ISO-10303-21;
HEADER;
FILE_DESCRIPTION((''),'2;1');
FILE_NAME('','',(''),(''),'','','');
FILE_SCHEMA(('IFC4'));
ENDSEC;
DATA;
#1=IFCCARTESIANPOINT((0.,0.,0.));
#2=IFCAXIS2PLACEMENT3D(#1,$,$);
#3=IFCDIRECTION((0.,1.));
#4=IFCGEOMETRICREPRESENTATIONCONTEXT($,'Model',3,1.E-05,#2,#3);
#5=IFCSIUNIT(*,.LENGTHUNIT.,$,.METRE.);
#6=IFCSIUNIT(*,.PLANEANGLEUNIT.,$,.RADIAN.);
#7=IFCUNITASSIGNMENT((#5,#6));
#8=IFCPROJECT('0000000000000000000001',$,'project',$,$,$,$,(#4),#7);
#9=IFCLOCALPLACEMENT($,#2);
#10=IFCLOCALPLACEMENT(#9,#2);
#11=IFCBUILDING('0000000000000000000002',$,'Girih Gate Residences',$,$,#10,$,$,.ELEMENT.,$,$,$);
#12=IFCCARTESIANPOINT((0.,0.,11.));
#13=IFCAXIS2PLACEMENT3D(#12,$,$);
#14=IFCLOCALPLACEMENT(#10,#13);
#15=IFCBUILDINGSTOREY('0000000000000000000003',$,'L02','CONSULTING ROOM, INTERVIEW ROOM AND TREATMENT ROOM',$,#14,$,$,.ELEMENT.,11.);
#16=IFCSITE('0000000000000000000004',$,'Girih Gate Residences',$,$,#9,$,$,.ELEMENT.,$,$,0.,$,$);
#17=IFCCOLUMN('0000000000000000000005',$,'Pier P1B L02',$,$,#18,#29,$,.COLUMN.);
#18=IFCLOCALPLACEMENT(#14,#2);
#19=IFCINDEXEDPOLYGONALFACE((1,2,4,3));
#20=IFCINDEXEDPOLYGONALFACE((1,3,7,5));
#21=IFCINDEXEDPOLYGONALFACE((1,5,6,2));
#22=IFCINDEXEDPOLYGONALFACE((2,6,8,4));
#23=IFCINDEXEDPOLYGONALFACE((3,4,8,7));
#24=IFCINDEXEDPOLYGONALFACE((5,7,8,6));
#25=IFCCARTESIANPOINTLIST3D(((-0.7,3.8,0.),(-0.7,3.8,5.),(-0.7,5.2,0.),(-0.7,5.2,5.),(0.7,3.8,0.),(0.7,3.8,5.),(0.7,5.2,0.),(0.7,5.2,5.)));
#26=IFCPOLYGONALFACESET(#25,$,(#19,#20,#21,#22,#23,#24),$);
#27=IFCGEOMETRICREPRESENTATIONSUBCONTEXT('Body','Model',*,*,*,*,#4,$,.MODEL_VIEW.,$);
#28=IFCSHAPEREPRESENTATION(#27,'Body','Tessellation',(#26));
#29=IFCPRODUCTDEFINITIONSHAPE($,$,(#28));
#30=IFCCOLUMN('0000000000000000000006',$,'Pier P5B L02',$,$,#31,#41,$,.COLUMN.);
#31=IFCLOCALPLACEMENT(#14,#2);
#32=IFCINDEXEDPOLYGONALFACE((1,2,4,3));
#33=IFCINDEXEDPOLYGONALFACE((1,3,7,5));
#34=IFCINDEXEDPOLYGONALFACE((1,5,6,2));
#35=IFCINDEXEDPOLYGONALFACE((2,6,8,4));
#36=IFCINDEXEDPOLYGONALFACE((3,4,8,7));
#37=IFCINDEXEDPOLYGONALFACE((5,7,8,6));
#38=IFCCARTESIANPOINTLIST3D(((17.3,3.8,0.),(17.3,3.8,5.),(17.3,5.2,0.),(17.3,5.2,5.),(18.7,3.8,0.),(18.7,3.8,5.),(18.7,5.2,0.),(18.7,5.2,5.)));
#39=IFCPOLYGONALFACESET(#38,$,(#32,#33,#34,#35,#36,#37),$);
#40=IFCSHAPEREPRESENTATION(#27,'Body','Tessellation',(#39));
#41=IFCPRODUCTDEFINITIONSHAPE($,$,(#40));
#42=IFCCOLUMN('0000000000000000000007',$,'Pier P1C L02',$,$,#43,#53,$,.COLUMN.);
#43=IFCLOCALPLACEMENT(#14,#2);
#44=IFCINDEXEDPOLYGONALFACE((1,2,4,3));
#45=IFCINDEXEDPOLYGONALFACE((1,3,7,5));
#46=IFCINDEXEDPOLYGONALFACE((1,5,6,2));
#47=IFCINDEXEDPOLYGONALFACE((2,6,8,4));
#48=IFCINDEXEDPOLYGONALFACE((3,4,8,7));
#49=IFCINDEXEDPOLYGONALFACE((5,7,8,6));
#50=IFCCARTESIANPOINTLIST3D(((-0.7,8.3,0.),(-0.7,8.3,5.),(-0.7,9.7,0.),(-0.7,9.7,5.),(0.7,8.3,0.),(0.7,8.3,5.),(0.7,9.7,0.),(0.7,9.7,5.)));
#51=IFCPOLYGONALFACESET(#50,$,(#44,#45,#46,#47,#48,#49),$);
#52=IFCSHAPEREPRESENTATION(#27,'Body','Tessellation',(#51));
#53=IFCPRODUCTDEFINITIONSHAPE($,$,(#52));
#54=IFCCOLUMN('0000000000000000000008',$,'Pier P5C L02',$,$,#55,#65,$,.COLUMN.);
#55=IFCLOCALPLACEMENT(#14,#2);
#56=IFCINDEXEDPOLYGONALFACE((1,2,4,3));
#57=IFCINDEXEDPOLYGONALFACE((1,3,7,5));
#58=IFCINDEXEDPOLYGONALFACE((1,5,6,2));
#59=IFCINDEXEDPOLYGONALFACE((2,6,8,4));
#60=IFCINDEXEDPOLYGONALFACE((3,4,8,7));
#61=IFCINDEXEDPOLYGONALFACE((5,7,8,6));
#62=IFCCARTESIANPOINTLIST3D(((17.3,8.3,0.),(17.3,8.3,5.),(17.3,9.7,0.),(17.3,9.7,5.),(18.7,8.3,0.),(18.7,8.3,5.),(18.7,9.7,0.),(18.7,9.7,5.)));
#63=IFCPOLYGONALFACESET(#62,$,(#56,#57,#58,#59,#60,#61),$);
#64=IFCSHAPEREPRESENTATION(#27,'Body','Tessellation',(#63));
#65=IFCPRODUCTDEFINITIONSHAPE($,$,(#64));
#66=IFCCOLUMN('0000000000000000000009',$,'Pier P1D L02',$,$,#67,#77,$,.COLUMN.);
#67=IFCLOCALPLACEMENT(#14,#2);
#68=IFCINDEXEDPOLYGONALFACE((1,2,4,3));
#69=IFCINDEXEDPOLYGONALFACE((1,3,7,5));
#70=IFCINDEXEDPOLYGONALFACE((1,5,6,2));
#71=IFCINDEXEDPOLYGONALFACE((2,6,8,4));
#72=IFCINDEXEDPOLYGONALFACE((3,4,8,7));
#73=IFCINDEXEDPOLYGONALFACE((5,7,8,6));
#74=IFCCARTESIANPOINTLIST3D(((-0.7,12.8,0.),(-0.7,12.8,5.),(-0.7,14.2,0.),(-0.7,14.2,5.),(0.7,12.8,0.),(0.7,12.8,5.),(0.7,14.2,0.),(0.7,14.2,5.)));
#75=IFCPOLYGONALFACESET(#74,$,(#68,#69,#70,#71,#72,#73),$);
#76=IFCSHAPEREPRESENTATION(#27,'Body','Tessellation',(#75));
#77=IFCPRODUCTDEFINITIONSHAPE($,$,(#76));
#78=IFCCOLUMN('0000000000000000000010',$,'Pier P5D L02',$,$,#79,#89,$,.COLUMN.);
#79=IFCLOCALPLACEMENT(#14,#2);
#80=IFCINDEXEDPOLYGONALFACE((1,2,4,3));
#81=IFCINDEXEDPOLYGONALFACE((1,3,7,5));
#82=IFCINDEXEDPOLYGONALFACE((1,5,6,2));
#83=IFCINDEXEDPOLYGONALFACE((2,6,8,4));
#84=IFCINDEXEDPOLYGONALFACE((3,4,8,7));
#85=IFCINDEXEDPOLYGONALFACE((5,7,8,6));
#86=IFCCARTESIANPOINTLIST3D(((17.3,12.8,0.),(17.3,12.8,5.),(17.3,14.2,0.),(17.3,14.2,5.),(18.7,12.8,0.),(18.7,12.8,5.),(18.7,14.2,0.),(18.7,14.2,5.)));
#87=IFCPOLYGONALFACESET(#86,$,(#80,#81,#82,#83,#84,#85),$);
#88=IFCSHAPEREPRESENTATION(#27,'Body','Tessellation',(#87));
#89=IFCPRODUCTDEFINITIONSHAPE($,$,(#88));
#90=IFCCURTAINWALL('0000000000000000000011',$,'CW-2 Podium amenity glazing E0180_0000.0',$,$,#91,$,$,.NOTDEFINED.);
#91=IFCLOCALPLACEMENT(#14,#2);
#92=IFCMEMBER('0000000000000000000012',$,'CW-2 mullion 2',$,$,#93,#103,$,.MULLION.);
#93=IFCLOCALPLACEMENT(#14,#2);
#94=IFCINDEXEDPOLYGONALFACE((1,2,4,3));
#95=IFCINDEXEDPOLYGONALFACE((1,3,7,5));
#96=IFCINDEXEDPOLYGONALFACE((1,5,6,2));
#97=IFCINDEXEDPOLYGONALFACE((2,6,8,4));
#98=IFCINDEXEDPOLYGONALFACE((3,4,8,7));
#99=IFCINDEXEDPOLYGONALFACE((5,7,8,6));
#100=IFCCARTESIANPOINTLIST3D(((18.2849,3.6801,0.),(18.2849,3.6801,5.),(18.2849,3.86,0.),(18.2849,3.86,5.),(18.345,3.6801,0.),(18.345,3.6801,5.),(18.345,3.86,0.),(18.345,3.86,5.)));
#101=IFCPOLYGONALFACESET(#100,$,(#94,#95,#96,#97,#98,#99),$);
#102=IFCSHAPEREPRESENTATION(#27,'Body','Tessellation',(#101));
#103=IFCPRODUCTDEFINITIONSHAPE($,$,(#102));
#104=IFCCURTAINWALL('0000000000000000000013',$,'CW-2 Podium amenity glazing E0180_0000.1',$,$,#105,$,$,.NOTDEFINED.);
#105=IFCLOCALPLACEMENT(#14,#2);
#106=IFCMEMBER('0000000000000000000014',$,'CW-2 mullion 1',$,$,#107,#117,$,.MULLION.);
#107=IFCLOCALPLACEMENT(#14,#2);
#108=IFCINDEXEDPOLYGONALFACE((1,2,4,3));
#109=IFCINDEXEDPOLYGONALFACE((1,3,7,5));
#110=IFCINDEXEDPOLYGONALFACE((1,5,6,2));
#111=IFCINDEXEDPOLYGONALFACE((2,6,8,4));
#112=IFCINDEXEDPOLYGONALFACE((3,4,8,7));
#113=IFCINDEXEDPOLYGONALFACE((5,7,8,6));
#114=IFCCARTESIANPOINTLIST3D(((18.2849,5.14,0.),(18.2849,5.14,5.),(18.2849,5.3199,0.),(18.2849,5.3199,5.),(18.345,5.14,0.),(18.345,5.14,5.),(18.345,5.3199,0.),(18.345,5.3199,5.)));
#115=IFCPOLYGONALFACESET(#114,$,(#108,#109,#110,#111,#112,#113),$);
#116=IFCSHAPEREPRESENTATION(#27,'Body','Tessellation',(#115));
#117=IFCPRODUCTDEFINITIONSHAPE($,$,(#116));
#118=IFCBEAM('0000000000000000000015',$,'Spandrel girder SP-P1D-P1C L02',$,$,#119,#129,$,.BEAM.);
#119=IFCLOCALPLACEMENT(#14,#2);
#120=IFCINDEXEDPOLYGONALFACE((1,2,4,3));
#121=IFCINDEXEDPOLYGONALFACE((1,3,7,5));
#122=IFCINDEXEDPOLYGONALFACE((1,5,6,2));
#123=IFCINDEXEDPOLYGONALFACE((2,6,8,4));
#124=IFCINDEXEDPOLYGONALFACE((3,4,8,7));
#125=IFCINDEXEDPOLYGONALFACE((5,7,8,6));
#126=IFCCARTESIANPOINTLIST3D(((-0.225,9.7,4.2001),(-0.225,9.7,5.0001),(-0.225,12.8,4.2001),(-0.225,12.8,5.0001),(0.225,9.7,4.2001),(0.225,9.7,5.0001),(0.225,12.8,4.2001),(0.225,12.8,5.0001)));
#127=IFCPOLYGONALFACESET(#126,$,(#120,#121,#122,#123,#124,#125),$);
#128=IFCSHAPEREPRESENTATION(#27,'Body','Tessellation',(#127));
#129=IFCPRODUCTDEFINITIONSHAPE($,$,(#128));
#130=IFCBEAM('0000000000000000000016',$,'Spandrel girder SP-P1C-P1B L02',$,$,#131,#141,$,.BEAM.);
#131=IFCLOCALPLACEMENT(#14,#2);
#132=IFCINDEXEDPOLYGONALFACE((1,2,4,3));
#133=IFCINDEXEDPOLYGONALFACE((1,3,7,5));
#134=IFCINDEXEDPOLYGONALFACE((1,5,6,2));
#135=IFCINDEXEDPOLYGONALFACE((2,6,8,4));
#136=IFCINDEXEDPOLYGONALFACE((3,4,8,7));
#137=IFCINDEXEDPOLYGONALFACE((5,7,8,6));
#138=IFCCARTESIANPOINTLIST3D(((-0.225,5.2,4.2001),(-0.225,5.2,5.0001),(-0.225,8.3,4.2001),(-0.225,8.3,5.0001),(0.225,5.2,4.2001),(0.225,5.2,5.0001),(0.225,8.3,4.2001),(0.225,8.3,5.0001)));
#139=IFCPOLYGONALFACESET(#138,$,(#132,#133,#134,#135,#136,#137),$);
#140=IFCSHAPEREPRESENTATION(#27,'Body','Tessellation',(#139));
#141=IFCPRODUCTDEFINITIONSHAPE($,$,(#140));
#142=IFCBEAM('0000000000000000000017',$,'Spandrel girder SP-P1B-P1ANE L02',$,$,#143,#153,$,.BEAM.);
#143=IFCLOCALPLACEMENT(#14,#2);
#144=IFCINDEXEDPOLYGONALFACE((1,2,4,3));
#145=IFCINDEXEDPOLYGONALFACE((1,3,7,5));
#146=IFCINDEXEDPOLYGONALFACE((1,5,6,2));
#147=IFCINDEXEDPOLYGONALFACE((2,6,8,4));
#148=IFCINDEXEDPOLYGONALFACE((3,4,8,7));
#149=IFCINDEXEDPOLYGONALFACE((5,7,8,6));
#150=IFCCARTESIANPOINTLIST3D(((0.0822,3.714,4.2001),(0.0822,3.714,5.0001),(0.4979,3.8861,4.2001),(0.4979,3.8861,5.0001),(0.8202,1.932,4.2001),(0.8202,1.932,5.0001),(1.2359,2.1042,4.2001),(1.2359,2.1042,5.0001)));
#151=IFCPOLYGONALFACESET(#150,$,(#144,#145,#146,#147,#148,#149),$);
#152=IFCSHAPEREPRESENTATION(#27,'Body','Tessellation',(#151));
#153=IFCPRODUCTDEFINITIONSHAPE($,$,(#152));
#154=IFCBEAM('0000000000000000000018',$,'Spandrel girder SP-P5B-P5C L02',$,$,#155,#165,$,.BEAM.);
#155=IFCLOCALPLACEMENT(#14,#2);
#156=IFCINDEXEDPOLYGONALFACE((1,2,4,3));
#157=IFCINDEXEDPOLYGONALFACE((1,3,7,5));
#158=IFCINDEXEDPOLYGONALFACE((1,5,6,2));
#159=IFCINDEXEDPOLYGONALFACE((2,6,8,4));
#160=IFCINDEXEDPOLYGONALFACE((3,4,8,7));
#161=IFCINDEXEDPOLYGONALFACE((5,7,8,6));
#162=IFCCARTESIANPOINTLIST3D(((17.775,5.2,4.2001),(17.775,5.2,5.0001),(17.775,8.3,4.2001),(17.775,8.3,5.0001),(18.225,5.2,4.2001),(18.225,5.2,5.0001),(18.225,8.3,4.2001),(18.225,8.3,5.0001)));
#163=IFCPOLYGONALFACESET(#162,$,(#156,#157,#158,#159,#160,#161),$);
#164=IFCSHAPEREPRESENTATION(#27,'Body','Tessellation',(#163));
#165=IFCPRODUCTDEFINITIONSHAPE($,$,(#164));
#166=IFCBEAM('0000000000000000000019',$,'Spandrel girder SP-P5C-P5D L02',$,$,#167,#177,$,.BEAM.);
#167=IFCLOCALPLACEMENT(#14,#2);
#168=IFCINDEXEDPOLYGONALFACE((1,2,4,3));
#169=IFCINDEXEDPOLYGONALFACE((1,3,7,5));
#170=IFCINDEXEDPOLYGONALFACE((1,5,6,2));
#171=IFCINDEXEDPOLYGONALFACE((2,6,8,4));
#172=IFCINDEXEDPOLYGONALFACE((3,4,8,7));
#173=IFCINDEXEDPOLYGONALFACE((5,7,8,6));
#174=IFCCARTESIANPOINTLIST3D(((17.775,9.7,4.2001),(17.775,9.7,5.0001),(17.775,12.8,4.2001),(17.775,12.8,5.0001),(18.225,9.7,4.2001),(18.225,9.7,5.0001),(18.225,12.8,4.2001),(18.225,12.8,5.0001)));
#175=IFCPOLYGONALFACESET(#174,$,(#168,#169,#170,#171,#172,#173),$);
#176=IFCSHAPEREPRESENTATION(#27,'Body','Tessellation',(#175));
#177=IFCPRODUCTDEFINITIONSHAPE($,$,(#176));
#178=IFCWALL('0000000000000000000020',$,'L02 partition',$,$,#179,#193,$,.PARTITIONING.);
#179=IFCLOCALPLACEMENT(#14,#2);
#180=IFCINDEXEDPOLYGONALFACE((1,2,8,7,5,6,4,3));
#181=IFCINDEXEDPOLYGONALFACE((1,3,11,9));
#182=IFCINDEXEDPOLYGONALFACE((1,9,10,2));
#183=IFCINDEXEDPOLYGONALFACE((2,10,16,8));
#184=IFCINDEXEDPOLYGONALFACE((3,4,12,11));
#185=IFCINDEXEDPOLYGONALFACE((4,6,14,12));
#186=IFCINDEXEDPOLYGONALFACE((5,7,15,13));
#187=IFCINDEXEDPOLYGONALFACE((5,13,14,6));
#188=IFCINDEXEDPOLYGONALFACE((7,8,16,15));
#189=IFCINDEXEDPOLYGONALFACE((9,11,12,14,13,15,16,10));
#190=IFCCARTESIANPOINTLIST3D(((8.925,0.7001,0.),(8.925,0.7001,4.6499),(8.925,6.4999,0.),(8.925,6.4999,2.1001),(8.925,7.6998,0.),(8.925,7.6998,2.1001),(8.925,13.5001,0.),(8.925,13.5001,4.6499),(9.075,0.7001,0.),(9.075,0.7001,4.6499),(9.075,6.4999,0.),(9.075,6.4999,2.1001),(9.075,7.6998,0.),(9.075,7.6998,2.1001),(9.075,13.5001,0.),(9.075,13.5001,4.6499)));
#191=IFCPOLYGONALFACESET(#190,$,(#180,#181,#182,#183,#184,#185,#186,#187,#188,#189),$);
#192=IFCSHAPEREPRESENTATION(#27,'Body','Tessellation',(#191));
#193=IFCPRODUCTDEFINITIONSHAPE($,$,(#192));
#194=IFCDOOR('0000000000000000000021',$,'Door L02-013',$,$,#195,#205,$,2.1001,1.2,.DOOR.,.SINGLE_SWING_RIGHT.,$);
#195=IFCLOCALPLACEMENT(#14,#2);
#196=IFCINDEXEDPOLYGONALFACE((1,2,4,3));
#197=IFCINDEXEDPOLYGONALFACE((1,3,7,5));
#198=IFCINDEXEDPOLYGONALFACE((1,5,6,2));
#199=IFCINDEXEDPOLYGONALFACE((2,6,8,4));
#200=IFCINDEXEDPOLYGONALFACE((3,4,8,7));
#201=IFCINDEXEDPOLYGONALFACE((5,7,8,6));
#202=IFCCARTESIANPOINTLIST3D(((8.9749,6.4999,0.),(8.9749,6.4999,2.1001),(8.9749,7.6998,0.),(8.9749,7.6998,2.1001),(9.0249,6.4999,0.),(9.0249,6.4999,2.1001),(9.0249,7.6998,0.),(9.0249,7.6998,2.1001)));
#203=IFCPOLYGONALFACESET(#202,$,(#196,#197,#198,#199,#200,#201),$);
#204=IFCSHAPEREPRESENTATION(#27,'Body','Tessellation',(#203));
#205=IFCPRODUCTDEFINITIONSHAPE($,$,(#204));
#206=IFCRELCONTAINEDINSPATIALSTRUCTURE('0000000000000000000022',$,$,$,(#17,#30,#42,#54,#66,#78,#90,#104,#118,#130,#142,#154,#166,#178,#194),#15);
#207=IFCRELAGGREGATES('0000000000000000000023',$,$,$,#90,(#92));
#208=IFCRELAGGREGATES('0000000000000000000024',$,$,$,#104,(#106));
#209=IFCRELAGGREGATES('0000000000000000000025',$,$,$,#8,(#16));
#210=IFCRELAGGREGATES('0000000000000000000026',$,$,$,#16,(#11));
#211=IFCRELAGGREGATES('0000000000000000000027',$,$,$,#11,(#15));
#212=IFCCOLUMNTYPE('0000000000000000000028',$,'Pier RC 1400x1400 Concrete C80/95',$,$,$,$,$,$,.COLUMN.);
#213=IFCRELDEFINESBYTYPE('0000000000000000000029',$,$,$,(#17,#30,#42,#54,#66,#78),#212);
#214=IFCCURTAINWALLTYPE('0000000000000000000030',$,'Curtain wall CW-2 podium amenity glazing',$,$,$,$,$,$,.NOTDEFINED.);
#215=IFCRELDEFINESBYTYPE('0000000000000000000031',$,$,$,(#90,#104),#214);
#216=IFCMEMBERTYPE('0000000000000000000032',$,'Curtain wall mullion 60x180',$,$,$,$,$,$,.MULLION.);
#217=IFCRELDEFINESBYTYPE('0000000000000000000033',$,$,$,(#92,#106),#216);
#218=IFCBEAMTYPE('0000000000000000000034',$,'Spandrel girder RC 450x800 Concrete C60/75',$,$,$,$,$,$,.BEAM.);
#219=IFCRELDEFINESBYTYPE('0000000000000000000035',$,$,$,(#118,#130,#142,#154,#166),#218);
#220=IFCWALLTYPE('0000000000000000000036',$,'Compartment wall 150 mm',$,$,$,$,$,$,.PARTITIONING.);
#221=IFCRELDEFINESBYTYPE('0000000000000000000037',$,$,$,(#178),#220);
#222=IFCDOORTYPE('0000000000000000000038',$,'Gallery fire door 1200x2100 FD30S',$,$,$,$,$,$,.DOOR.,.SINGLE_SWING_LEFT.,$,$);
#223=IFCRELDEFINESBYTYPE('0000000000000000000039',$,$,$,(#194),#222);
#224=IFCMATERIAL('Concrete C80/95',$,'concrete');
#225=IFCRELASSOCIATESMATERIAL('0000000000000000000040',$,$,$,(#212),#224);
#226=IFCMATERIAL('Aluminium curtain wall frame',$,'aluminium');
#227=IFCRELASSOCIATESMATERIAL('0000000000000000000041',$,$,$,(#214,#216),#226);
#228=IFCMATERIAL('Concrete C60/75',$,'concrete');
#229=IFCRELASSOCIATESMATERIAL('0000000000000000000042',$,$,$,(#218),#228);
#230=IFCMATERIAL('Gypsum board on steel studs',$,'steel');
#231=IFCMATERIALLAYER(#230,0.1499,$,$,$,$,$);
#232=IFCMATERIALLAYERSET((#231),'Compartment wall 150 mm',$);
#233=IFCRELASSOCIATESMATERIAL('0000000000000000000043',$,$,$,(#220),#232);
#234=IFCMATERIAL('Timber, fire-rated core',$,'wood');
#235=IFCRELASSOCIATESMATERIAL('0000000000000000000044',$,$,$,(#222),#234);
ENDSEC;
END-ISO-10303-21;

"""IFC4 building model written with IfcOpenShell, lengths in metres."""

from ifc_helpers import new_model, si_unit, direction, frame, frame_2d, origin, origin_2d, place, context, subcontext, project, spatial, rectangle, extrude, material, layer, layer_set, material_profile, profile_set, type_object, element, fill, aggregate, save


model = new_model("IFC4")

# Units and contexts
model_context = context("Model", 3, precision=1e-05, world=origin(), true_north=direction((0.0, 1.0)))
body_context = subcontext(model_context, "Body", "Model", "MODEL_VIEW")
ifc_project = project(units=[si_unit("LENGTHUNIT", "METRE"), si_unit("PLANEANGLEUNIT", "RADIAN")], contexts=[model_context])

# Site, building, storey
site_placement = place(None, origin())
site = spatial("IfcSite", under=ifc_project, at=site_placement, Name="Girih Gate Residences", CompositionType="ELEMENT", RefElevation=0.0)
building_placement = place(site_placement, origin())
building = spatial("IfcBuilding", under=site, at=building_placement, Name="Girih Gate Residences", CompositionType="ELEMENT")
storey_placement = place(building_placement, frame((0.0, 0.0, 11.0)))
storey = spatial("IfcBuildingStorey", under=building, at=storey_placement, Name="L02", Description="CONSULTING ROOM, INTERVIEW ROOM AND TREATMENT ROOM", CompositionType="ELEMENT", Elevation=11.0)

# Columns
ifc_material_1 = material(Name="Concrete C80/95", Category="concrete")
ifc_material_profile_1 = material_profile(ifc_material_1, rectangle(XDim=1.3999, YDim=1.3999, at=origin_2d()))
ifc_profile_set_1 = profile_set([ifc_material_profile_1], Name="Concrete C80/95")
column_type = type_object("IfcColumnType", Name="Pier RC 1400x1400 Concrete C80/95", PredefinedType="COLUMN", material=ifc_profile_set_1)
for number, where, z_axis, x_axis, name in (
    (1, (0.0, 4.5, 0.0), (0.0, 0.0, 1.0), (1.0, 0.0, 0.0), "Pier P1B L02"),
    (2, (18.0, 4.5, 0.0), (0.0, 0.0, 1.0), (1.0, 0.0, 0.0), "Pier P5B L02"),
    (3, (0.0, 9.0, 0.0), (0.0, 0.0, 1.0), (1.0, 0.0, 0.0), "Pier P1C L02"),
    (4, (18.0, 9.0, 0.0), (0.0, 0.0, 1.0), (1.0, 0.0, 0.0), "Pier P5C L02"),
    (5, (0.0, 13.5, 0.0), (0.0, 0.0, 1.0), (1.0, 0.0, 0.0), "Pier P1D L02"),
    (6, (18.0, 13.5, 0.0), (0.0, 0.0, 1.0), (1.0, 0.0, 0.0), "Pier P5D L02"),
):
    element("IfcColumn", number, at=place(storey_placement, frame(where, z_axis=z_axis, x_axis=x_axis)), inside=storey, type_object=column_type, Name=name, PredefinedType="COLUMN", context=body_context, shape_type="SweptSolid", body=[
        extrude(rectangle(XDim=1.3999, YDim=1.3999, at=origin_2d()), origin(), (0.0, 0.0, 1.0), 5.0),
    ])

# Curtain walls, members
ifc_material_2 = material(Name="Aluminium curtain wall frame", Category="aluminium")
curtain_wall_type = type_object("IfcCurtainWallType", Name="Curtain wall CW-2 podium amenity glazing", PredefinedType="NOTDEFINED", material=ifc_material_2)
curtain_wall_1_placement = place(storey_placement, origin())
curtain_wall_1 = element("IfcCurtainWall", 7, at=curtain_wall_1_placement, inside=storey, type_object=curtain_wall_type, Name="CW-2 Podium amenity glazing E0180_0000.0", PredefinedType="NOTDEFINED")
ifc_material_profile_2 = material_profile(ifc_material_2, rectangle(XDim=0.0601, YDim=0.1799, at=origin_2d()))
ifc_profile_set_2 = profile_set([ifc_material_profile_2], Name="Aluminium curtain wall frame")
member_type = type_object("IfcMemberType", Name="Curtain wall mullion 60x180", PredefinedType="MULLION", material=ifc_profile_set_2)
member_1_placement = place(storey_placement, frame((18.3149, 3.77, 0.0), z_axis=(0.0, 0.0, 1.0), x_axis=(-1.0, 0.0, 0.0)))
member_1 = element("IfcMember", 8, at=member_1_placement, type_object=member_type, Name="CW-2 mullion 2", PredefinedType="MULLION", context=body_context, shape_type="SweptSolid", body=[
    extrude(rectangle(XDim=0.0601, YDim=0.1799, at=origin_2d()), origin(), (0.0, 0.0, 1.0), 5.0),
])
aggregate(curtain_wall_1, [member_1])
curtain_wall_2_placement = place(storey_placement, origin())
curtain_wall_2 = element("IfcCurtainWall", 9, at=curtain_wall_2_placement, inside=storey, type_object=curtain_wall_type, Name="CW-2 Podium amenity glazing E0180_0000.1", PredefinedType="NOTDEFINED")
member_2_placement = place(storey_placement, frame((18.3149, 5.23, 0.0), z_axis=(0.0, 0.0, 1.0), x_axis=(-1.0, 0.0, 0.0)))
member_2 = element("IfcMember", 10, at=member_2_placement, type_object=member_type, Name="CW-2 mullion 1", PredefinedType="MULLION", context=body_context, shape_type="SweptSolid", body=[
    extrude(rectangle(XDim=0.0601, YDim=0.1799, at=origin_2d()), origin(), (0.0, 0.0, 1.0), 5.0),
])
aggregate(curtain_wall_2, [member_2])

# Beams
ifc_material_3 = material(Name="Concrete C60/75", Category="concrete")
ifc_material_profile_3 = material_profile(ifc_material_3, rectangle(XDim=0.45, YDim=0.8, at=origin_2d()))
ifc_profile_set_3 = profile_set([ifc_material_profile_3], Name="Concrete C60/75")
beam_type = type_object("IfcBeamType", Name="Spandrel girder RC 450x800 Concrete C60/75", PredefinedType="BEAM", material=ifc_profile_set_3)
for number, where, z_axis, x_axis, name in (
    (11, (0.0, 12.8, 4.6001), (0.0, -1.0, 0.0), (1.0, 0.0, 0.0), "Spandrel girder SP-P1D-P1C L02"),
    (12, (0.0, 8.3, 4.6001), (0.0, -1.0, 0.0), (1.0, 0.0, 0.0), "Spandrel girder SP-P1C-P1B L02"),
):
    element("IfcBeam", number, at=place(storey_placement, frame(where, z_axis=z_axis, x_axis=x_axis)), inside=storey, type_object=beam_type, Name=name, PredefinedType="BEAM", context=body_context, shape_type="SweptSolid", body=[
        extrude(rectangle(XDim=0.45, YDim=0.8, at=origin_2d()), origin(), (0.0, 0.0, 1.0), 3.1001),
    ])
beam_placement = place(storey_placement, frame((0.29, 3.8, 4.6001), z_axis=(0.382646, -0.923895, 0.0), x_axis=(0.923895, 0.382646, 0.0)))
element("IfcBeam", 13, at=beam_placement, inside=storey, type_object=beam_type, Name="Spandrel girder SP-P1B-P1ANE L02", PredefinedType="BEAM", context=body_context, shape_type="SweptSolid", body=[
    extrude(rectangle(XDim=0.45, YDim=0.8, at=origin_2d()), origin(), (0.0, 0.0, 1.0), 1.9287),
])
for number, where, z_axis, x_axis, name in (
    (14, (18.0, 5.2, 4.6001), (0.0, 1.0, 0.0), (-1.0, 0.0, 0.0), "Spandrel girder SP-P5B-P5C L02"),
    (15, (18.0, 9.7, 4.6001), (0.0, 1.0, 0.0), (-1.0, 0.0, 0.0), "Spandrel girder SP-P5C-P5D L02"),
):
    element("IfcBeam", number, at=place(storey_placement, frame(where, z_axis=z_axis, x_axis=x_axis)), inside=storey, type_object=beam_type, Name=name, PredefinedType="BEAM", context=body_context, shape_type="SweptSolid", body=[
        extrude(rectangle(XDim=0.45, YDim=0.8, at=origin_2d()), origin(), (0.0, 0.0, 1.0), 3.1001),
    ])

# Wall, opening, door
ifc_material_4 = material(Name="Gypsum board on steel studs", Category="steel")
ifc_layer_1 = layer(ifc_material_4, 0.1499)
ifc_layer_set_1 = layer_set([ifc_layer_1], Name="Compartment wall 150 mm")
wall_type_1 = type_object("IfcWallType", Name="Compartment wall 150 mm", PredefinedType="PARTITIONING", material=ifc_layer_set_1)
wall_1_placement = place(storey_placement, frame((9.0, 13.5, 0.0), z_axis=(0.0, 0.0, 1.0), x_axis=(0.0, -1.0, 0.0)))
wall_1 = element("IfcWall", 16, at=wall_1_placement, inside=storey, type_object=wall_type_1, Name="L02 partition", PredefinedType="PARTITIONING", context=body_context, shape_type="SweptSolid", body=[
    extrude(rectangle(XDim=12.8, YDim=0.1499, at=frame_2d((6.3999, 0.0))), origin(), (0.0, 0.0, 1.0), 4.6499),
])
opening_1_placement = place(wall_1_placement, frame((5.8, 0.0, 0.0)))
opening_1 = element("IfcOpeningElement", 17, at=opening_1_placement, cuts=wall_1, PredefinedType="OPENING", context=body_context, shape_type="SweptSolid", body=[
    extrude(rectangle(XDim=1.2, YDim=2.1001, at=frame_2d((0.6001, 1.05))), frame((0.0, 0.085, 0.0), z_axis=(0.0, -1.0, 0.0), x_axis=(1.0, 0.0, 0.0)), (0.0, 0.0, 1.0), 0.1699),
])
ifc_material_5 = material(Name="Timber, fire-rated core", Category="wood")
door_type_1 = type_object("IfcDoorType", Name="Gallery fire door 1200x2100 FD30S", OperationType="SINGLE_SWING_LEFT", PredefinedType="DOOR", material=ifc_material_5)
door_1_placement = place(opening_1_placement, origin())
door_1 = element("IfcDoor", 18, at=door_1_placement, inside=storey, type_object=door_type_1, Name="Door L02-013", OperationType="SINGLE_SWING_RIGHT", OverallHeight=2.1001, OverallWidth=1.2, PredefinedType="DOOR", context=body_context, shape_type="SweptSolid", body=[
    extrude(rectangle(XDim=1.2, YDim=2.1001, at=frame_2d((0.6001, 1.05))), frame((0.0, 0.0249, 0.0), z_axis=(0.0, -1.0, 0.0), x_axis=(1.0, 0.0, 0.0)), (0.0, 0.0, 1.0), 0.05),
])
fill(opening_1, door_1)

save(model, "model.ifc")
